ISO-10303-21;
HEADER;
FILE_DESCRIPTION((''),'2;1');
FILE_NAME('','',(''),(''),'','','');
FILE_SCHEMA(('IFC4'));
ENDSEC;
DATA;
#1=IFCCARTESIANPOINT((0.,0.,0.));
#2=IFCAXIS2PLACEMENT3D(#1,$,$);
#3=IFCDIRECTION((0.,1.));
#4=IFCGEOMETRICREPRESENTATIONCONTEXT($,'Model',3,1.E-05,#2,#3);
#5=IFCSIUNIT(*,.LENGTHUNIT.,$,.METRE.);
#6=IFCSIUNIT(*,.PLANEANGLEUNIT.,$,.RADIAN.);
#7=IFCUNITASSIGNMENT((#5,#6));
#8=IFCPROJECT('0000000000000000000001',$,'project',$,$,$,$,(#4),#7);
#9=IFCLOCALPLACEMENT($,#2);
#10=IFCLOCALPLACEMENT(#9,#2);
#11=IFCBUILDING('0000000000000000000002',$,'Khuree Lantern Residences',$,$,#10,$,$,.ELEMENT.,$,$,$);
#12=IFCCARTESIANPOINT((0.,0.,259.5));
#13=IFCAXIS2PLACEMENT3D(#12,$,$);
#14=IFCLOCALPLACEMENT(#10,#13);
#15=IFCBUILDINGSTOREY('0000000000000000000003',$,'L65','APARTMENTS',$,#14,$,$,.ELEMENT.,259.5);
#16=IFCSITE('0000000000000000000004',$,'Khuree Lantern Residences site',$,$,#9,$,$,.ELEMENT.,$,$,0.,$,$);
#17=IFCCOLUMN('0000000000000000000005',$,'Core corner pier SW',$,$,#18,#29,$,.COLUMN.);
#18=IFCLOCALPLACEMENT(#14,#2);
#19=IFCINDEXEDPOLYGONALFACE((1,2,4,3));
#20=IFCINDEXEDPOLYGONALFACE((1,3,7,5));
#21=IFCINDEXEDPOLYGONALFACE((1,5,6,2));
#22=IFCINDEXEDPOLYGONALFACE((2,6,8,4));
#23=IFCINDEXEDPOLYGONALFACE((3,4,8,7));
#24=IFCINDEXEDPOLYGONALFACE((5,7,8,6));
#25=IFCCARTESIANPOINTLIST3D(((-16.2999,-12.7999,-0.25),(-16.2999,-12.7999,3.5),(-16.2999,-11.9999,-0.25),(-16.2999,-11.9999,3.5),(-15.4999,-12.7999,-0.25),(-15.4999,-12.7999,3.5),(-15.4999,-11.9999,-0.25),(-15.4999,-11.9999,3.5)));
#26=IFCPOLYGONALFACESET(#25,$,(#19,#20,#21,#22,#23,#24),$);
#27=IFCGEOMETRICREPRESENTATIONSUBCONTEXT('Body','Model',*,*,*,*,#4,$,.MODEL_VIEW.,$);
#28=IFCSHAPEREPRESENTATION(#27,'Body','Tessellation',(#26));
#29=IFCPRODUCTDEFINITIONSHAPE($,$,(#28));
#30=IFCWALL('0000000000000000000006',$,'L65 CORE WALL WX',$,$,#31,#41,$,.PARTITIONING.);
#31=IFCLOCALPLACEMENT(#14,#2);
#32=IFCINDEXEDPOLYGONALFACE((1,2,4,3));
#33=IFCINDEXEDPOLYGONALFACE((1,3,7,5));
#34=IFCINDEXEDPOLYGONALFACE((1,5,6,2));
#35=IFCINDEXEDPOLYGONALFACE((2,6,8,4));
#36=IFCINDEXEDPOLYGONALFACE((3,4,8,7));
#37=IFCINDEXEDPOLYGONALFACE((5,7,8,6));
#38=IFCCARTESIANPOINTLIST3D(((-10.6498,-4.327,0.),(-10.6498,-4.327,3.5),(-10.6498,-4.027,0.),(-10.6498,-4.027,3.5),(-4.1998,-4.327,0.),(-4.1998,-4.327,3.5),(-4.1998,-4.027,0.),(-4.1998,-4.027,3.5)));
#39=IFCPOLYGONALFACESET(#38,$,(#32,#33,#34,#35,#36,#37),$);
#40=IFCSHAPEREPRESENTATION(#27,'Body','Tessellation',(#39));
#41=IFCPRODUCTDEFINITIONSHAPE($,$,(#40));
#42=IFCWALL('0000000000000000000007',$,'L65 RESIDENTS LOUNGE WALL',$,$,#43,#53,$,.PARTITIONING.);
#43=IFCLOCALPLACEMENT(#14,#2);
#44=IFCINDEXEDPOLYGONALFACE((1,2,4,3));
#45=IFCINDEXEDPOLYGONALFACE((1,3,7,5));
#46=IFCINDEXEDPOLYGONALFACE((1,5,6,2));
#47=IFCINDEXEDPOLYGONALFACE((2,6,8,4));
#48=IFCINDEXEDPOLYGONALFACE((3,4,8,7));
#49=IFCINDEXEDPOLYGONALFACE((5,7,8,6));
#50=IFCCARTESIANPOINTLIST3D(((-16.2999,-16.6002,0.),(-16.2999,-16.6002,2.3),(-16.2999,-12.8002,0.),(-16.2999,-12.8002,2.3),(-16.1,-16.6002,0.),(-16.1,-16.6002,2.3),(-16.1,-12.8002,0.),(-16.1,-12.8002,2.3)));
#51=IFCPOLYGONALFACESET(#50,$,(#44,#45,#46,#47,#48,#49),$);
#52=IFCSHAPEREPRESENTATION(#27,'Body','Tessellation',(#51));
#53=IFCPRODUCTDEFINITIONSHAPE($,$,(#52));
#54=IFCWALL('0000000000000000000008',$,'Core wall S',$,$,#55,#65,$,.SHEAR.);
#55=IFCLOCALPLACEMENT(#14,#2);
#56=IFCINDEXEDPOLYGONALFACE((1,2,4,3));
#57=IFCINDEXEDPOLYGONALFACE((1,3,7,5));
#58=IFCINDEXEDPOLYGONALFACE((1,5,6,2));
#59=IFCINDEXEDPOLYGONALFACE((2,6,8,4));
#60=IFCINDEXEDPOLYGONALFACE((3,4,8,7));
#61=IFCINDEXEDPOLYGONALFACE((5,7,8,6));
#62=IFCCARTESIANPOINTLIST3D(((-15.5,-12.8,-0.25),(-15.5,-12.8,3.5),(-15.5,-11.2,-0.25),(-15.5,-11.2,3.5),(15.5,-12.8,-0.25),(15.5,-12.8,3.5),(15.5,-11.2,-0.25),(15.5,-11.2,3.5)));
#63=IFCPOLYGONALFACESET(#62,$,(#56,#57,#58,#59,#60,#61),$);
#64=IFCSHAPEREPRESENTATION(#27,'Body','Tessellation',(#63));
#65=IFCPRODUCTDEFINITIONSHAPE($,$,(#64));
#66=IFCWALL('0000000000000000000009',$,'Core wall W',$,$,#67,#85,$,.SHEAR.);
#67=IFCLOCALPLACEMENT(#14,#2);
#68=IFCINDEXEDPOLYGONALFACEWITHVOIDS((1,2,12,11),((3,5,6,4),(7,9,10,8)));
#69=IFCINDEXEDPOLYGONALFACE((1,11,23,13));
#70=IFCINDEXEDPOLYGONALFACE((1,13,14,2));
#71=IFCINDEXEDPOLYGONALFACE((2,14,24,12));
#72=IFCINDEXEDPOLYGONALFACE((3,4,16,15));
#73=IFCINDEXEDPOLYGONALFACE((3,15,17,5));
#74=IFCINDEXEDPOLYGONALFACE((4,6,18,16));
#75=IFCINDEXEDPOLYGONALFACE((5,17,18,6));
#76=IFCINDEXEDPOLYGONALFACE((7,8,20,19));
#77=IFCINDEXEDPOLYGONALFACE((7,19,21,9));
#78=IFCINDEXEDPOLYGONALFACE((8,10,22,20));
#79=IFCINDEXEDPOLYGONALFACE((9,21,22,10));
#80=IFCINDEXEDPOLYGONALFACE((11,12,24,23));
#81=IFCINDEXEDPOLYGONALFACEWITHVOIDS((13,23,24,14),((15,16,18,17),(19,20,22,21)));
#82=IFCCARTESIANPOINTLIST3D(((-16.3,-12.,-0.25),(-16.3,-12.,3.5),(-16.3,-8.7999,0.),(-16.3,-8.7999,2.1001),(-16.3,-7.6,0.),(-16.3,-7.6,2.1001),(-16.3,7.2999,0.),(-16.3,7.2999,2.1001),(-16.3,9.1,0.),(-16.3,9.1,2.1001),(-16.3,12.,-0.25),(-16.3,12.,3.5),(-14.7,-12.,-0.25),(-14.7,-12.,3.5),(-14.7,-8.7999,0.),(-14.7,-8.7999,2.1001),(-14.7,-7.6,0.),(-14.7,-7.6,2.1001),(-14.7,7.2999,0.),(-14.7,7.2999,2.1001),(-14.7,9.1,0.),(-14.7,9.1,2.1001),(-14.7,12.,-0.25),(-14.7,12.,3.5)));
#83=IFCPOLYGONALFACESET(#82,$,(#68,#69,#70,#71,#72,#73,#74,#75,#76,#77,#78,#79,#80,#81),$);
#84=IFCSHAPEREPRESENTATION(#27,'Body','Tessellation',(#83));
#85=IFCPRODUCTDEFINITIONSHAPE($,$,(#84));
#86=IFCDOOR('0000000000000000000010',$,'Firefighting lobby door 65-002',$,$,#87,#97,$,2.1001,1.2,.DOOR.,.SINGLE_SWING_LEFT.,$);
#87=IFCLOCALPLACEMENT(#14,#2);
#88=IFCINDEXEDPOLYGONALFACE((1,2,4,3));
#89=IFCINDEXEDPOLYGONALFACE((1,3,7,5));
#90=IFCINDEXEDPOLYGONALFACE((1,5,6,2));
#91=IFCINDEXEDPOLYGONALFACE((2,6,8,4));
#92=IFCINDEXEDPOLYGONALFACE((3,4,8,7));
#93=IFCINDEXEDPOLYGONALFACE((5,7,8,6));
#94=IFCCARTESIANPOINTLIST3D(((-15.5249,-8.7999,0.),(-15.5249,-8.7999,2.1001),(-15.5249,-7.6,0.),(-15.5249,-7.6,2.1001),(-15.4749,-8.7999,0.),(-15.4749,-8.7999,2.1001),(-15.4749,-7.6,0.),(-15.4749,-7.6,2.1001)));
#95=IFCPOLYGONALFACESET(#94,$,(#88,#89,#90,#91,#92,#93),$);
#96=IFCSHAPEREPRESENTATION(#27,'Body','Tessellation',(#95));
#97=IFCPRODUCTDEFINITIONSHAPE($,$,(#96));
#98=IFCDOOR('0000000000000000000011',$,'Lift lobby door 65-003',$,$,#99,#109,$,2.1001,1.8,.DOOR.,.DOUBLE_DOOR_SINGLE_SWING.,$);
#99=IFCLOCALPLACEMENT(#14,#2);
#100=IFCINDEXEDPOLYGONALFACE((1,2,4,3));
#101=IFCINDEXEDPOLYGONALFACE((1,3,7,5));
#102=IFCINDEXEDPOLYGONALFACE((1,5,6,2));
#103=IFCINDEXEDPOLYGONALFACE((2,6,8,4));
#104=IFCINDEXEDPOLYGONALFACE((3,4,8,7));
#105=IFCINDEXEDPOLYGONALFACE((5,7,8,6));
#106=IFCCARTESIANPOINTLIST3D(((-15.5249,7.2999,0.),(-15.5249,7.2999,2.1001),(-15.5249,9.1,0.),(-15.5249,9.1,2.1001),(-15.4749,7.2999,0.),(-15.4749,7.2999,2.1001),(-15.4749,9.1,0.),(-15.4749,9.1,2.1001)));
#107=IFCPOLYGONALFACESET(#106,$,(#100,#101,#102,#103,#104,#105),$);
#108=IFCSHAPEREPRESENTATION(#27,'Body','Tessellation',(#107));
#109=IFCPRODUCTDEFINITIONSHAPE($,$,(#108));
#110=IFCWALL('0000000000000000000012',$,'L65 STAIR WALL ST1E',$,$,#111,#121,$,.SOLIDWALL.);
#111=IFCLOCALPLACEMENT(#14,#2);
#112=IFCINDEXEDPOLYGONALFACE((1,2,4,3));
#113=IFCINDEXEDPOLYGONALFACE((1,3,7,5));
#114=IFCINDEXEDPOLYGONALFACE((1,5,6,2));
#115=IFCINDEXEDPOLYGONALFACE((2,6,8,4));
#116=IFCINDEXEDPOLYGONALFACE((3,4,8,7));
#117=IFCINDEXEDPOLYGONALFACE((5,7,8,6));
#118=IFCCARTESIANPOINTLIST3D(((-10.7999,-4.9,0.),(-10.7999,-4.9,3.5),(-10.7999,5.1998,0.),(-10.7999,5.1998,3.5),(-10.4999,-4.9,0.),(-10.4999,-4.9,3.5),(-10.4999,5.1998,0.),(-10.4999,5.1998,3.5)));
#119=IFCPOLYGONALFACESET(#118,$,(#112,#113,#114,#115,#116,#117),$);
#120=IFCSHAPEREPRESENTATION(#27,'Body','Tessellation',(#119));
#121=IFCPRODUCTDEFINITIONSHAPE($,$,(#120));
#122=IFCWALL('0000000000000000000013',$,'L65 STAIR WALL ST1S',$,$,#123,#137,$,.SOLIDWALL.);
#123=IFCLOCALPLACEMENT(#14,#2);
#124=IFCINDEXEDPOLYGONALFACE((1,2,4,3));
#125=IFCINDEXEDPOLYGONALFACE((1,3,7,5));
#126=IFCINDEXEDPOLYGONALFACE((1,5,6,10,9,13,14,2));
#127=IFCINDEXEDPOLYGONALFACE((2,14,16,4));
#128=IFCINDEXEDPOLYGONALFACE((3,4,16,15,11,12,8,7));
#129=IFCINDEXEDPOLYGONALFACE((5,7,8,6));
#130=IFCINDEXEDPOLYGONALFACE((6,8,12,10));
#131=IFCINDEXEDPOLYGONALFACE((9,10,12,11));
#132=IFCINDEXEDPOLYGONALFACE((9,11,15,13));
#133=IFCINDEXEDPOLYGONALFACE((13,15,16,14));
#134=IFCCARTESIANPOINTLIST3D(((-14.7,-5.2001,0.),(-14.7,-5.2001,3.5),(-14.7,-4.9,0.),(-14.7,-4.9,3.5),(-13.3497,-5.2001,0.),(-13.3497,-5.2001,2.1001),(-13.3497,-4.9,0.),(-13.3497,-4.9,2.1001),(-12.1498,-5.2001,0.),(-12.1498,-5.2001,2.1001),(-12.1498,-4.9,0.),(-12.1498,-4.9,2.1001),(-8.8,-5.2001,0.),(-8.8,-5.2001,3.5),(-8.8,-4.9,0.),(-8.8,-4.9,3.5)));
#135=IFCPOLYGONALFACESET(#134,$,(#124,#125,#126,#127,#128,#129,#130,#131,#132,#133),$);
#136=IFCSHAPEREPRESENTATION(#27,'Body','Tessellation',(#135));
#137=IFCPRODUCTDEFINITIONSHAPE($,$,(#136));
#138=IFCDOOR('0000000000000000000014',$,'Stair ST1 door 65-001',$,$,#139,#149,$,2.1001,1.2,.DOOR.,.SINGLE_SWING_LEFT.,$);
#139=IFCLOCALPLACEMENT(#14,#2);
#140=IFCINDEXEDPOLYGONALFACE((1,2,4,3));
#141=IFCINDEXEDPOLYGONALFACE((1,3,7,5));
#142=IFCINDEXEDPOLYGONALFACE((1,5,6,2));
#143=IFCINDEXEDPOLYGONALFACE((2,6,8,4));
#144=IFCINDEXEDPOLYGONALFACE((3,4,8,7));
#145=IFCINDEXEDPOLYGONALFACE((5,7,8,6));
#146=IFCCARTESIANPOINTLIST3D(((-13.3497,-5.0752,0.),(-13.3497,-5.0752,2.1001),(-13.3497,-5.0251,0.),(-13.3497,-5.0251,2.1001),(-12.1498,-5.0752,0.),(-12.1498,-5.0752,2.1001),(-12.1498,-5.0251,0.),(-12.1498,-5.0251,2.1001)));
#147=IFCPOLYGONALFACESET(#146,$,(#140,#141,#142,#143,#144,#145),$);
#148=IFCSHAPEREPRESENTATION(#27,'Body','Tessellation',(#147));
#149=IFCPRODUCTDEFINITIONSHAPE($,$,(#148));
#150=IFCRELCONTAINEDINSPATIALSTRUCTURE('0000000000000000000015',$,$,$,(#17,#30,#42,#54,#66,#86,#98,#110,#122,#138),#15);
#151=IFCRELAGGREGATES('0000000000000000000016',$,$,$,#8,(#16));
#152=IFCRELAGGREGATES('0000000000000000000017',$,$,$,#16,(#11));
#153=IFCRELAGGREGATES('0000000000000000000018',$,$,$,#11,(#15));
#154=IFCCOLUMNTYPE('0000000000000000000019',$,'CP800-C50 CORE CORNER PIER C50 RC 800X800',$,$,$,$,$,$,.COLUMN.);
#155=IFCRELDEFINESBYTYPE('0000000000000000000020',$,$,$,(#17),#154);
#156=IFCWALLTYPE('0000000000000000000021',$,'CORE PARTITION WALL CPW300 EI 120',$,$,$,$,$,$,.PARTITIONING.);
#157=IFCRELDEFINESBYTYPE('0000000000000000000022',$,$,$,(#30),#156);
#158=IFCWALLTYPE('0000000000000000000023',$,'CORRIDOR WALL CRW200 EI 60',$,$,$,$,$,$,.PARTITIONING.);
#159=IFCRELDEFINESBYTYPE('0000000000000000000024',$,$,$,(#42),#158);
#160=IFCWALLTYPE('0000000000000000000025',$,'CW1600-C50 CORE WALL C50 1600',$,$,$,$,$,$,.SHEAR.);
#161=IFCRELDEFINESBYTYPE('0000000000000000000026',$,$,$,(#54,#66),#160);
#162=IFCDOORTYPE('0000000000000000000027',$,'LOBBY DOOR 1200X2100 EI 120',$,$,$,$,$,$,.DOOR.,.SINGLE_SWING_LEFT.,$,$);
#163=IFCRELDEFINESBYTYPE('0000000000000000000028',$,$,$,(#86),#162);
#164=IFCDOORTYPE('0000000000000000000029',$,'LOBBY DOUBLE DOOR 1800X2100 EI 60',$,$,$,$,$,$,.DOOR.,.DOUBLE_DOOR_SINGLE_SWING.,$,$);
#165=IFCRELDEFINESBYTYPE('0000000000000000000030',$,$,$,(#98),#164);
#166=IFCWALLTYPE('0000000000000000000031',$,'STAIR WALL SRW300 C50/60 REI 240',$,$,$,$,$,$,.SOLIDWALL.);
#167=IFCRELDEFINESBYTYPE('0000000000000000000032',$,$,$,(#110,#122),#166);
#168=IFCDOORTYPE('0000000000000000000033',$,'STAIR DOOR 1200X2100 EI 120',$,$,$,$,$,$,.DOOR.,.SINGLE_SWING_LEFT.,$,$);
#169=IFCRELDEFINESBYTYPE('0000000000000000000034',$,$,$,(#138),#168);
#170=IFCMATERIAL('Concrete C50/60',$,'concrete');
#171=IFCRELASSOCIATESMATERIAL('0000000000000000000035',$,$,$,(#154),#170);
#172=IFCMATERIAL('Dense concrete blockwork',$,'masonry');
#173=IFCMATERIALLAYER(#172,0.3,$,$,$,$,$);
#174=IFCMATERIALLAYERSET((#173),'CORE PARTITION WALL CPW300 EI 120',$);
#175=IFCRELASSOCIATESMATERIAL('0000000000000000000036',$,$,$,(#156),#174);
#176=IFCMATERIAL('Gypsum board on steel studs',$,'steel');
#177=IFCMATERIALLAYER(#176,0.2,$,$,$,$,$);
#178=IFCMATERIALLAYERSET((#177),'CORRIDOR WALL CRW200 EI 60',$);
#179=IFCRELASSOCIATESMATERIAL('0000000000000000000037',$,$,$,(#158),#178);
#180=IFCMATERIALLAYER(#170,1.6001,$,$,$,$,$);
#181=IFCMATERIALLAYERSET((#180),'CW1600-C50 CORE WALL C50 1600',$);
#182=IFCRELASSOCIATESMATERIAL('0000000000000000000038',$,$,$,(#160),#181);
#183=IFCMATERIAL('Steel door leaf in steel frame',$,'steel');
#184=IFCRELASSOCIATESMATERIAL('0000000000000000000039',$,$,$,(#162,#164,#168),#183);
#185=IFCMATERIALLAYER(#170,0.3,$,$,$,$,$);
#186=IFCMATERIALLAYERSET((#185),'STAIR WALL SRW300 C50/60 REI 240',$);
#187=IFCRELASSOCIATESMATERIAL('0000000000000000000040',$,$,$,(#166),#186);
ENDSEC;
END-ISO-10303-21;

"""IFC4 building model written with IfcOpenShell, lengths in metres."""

from ifc_helpers import new_model, si_unit, direction, frame, frame_2d, origin, origin_2d, place, context, subcontext, project, spatial, rectangle, extrude, material, layer, layer_set, material_profile, profile_set, type_object, element, fill, save


model = new_model("IFC4")

# Units and contexts
model_context = context("Model", 3, precision=1e-05, world=origin(), true_north=direction((0.0, 1.0)))
body_context = subcontext(model_context, "Body", "Model", "MODEL_VIEW")
ifc_project = project(units=[si_unit("LENGTHUNIT", "METRE"), si_unit("PLANEANGLEUNIT", "RADIAN")], contexts=[model_context])

# Site, building, storey
site_placement = place(None, origin())
site = spatial("IfcSite", under=ifc_project, at=site_placement, Name="Khuree Lantern Residences site", CompositionType="ELEMENT", RefElevation=0.0)
building_placement = place(site_placement, origin())
building = spatial("IfcBuilding", under=site, at=building_placement, Name="Khuree Lantern Residences", CompositionType="ELEMENT")
storey_placement = place(building_placement, frame((0.0, 0.0, 259.5)))
storey = spatial("IfcBuildingStorey", under=building, at=storey_placement, Name="L65", Description="APARTMENTS", CompositionType="ELEMENT", Elevation=259.5)

# Column
ifc_material_1 = material(Name="Concrete C50/60", Category="concrete")
ifc_material_profile = material_profile(ifc_material_1, rectangle(XDim=0.8, YDim=0.8, at=origin_2d()), Name="RC 800X800")
ifc_profile_set = profile_set([ifc_material_profile], Name="Concrete C50/60")
column_type = type_object("IfcColumnType", Name="CP800-C50 CORE CORNER PIER C50 RC 800X800", PredefinedType="COLUMN", material=ifc_profile_set)
column_placement = place(storey_placement, frame((-15.8999, -12.3999, -0.25), z_axis=(0.0, 0.0, 1.0), x_axis=(1.0, 0.0, 0.0)))
element("IfcColumn", 1, at=column_placement, inside=storey, type_object=column_type, Name="Core corner pier SW", PredefinedType="COLUMN", context=body_context, shape_type="SweptSolid", body=[
    extrude(rectangle(XDim=0.8, YDim=0.8, at=origin_2d()), origin(), (0.0, 0.0, 1.0), 3.75),
])

# Walls
ifc_material_2 = material(Name="Dense concrete blockwork", Category="masonry")
ifc_layer_1 = layer(ifc_material_2, 0.3)
ifc_layer_set_1 = layer_set([ifc_layer_1], Name="CORE PARTITION WALL CPW300 EI 120")
wall_type_1 = type_object("IfcWallType", Name="CORE PARTITION WALL CPW300 EI 120", PredefinedType="PARTITIONING", material=ifc_layer_set_1)
wall_1_placement = place(storey_placement, frame((-10.6499, -4.177, 0.0), z_axis=(0.0, 0.0, 1.0), x_axis=(1.0, 0.0, 0.0)))
element("IfcWall", 2, at=wall_1_placement, inside=storey, type_object=wall_type_1, Name="L65 CORE WALL WX", PredefinedType="PARTITIONING", context=body_context, shape_type="SweptSolid", body=[
    extrude(rectangle(XDim=6.45, YDim=0.3, at=frame_2d((3.2251, 0.0))), origin(), (0.0, 0.0, 1.0), 3.5),
])
ifc_material_3 = material(Name="Gypsum board on steel studs", Category="steel")
ifc_layer_2 = layer(ifc_material_3, 0.2)
ifc_layer_set_2 = layer_set([ifc_layer_2], Name="CORRIDOR WALL CRW200 EI 60")
wall_type_2 = type_object("IfcWallType", Name="CORRIDOR WALL CRW200 EI 60", PredefinedType="PARTITIONING", material=ifc_layer_set_2)
wall_2_placement = place(storey_placement, frame((-16.2, -16.6001, 0.0), z_axis=(0.0, 0.0, 1.0), x_axis=(0.0, 1.0, 0.0)))
element("IfcWall", 3, at=wall_2_placement, inside=storey, type_object=wall_type_2, Name="L65 RESIDENTS LOUNGE WALL", PredefinedType="PARTITIONING", context=body_context, shape_type="SweptSolid", body=[
    extrude(rectangle(XDim=3.8, YDim=0.2, at=frame_2d((1.8999, 0.0))), origin(), (0.0, 0.0, 1.0), 2.3),
])
ifc_layer_3 = layer(ifc_material_1, 1.6001)
ifc_layer_set_3 = layer_set([ifc_layer_3], Name="CW1600-C50 CORE WALL C50 1600")
wall_type_3 = type_object("IfcWallType", Name="CW1600-C50 CORE WALL C50 1600", PredefinedType="SHEAR", material=ifc_layer_set_3)
wall_3_placement = place(storey_placement, frame((-15.5, -12.0, -0.25), z_axis=(0.0, 0.0, 1.0), x_axis=(1.0, 0.0, 0.0)))
element("IfcWall", 4, at=wall_3_placement, inside=storey, type_object=wall_type_3, Name="Core wall S", PredefinedType="SHEAR", context=body_context, shape_type="SweptSolid", body=[
    extrude(rectangle(XDim=31.0, YDim=1.6001, at=frame_2d((15.5, 0.0))), origin(), (0.0, 0.0, 1.0), 3.75),
])

# Wall, openings, doors
wall_4_placement = place(storey_placement, frame((-15.5, -12.0, -0.25), z_axis=(0.0, 0.0, 1.0), x_axis=(0.0, 1.0, 0.0)))
wall_4 = element("IfcWall", 5, at=wall_4_placement, inside=storey, type_object=wall_type_3, Name="Core wall W", PredefinedType="SHEAR", context=body_context, shape_type="SweptSolid", body=[
    extrude(rectangle(XDim=24.0, YDim=1.6001, at=frame_2d((12.0, 0.0))), origin(), (0.0, 0.0, 1.0), 3.75),
])
opening_1_placement = place(wall_4_placement, frame((3.2, 0.0, 0.25)))
opening_1 = element("IfcOpeningElement", 6, at=opening_1_placement, cuts=wall_4, PredefinedType="OPENING", context=body_context, shape_type="SweptSolid", body=[
    extrude(rectangle(XDim=1.2, YDim=2.1001, at=frame_2d((0.6001, 1.05))), frame((0.0, 0.8101, 0.0), z_axis=(0.0, -1.0, 0.0), x_axis=(1.0, 0.0, 0.0)), (0.0, 0.0, 1.0), 1.6201),
])
opening_2_placement = place(wall_4_placement, frame((19.3, 0.0, 0.25)))
opening_2 = element("IfcOpeningElement", 7, at=opening_2_placement, cuts=wall_4, PredefinedType="OPENING", context=body_context, shape_type="SweptSolid", body=[
    extrude(rectangle(XDim=1.8, YDim=2.1001, at=frame_2d((0.8999, 1.05))), frame((0.0, 0.8101, 0.0), z_axis=(0.0, -1.0, 0.0), x_axis=(1.0, 0.0, 0.0)), (0.0, 0.0, 1.0), 1.6201),
])
ifc_material_4 = material(Name="Steel door leaf in steel frame", Category="steel")
door_type_1 = type_object("IfcDoorType", Name="LOBBY DOOR 1200X2100 EI 120", OperationType="SINGLE_SWING_LEFT", PredefinedType="DOOR", material=ifc_material_4)
door_1_placement = place(opening_1_placement, origin())
door_1 = element("IfcDoor", 8, at=door_1_placement, inside=storey, type_object=door_type_1, Name="Firefighting lobby door 65-002", OperationType="SINGLE_SWING_LEFT", OverallHeight=2.1001, OverallWidth=1.2, PredefinedType="DOOR", context=body_context, shape_type="SweptSolid", body=[
    extrude(rectangle(XDim=1.2, YDim=2.1001, at=frame_2d((0.6001, 1.05))), frame((0.0, 0.0249, 0.0), z_axis=(0.0, -1.0, 0.0), x_axis=(1.0, 0.0, 0.0)), (0.0, 0.0, 1.0), 0.05),
])
fill(opening_1, door_1)
door_type_2 = type_object("IfcDoorType", Name="LOBBY DOUBLE DOOR 1800X2100 EI 60", OperationType="DOUBLE_DOOR_SINGLE_SWING", PredefinedType="DOOR", material=ifc_material_4)
door_2_placement = place(opening_2_placement, origin())
door_2 = element("IfcDoor", 9, at=door_2_placement, inside=storey, type_object=door_type_2, Name="Lift lobby door 65-003", OperationType="DOUBLE_DOOR_SINGLE_SWING", OverallHeight=2.1001, OverallWidth=1.8, PredefinedType="DOOR", context=body_context, shape_type="SweptSolid", body=[
    extrude(rectangle(XDim=1.8, YDim=2.1001, at=frame_2d((0.8999, 1.05))), frame((0.0, 0.0249, 0.0), z_axis=(0.0, -1.0, 0.0), x_axis=(1.0, 0.0, 0.0)), (0.0, 0.0, 1.0), 0.05),
])
fill(opening_2, door_2)

# Wall
ifc_layer_4 = layer(ifc_material_1, 0.3)
ifc_layer_set_4 = layer_set([ifc_layer_4], Name="STAIR WALL SRW300 C50/60 REI 240")
wall_type_4 = type_object("IfcWallType", Name="STAIR WALL SRW300 C50/60 REI 240", PredefinedType="SOLIDWALL", material=ifc_layer_set_4)
wall_5_placement = place(storey_placement, frame((-10.6499, -4.8999, 0.0), z_axis=(0.0, 0.0, 1.0), x_axis=(0.0, 1.0, 0.0)))
element("IfcWall", 10, at=wall_5_placement, inside=storey, type_object=wall_type_4, Name="L65 STAIR WALL ST1E", PredefinedType="SOLIDWALL", context=body_context, shape_type="SweptSolid", body=[
    extrude(rectangle(XDim=10.0999, YDim=0.3, at=frame_2d((5.0498, 0.0))), origin(), (0.0, 0.0, 1.0), 3.5),
])

# Wall, opening, door
wall_6_placement = place(storey_placement, frame((-14.7, -5.05, 0.0), z_axis=(0.0, 0.0, 1.0), x_axis=(1.0, 0.0, 0.0)))
wall_6 = element("IfcWall", 11, at=wall_6_placement, inside=storey, type_object=wall_type_4, Name="L65 STAIR WALL ST1S", PredefinedType="SOLIDWALL", context=body_context, shape_type="SweptSolid", body=[
    extrude(rectangle(XDim=5.8999, YDim=0.3, at=frame_2d((2.95, 0.0))), origin(), (0.0, 0.0, 1.0), 3.5),
])
opening_3_placement = place(wall_6_placement, frame((1.3501, 0.0, 0.0)))
opening_3 = element("IfcOpeningElement", 12, at=opening_3_placement, cuts=wall_6, PredefinedType="OPENING", context=body_context, shape_type="SweptSolid", body=[
    extrude(rectangle(XDim=1.2, YDim=2.1001, at=frame_2d((0.6001, 1.05))), frame((0.0, 0.1602, 0.0), z_axis=(0.0, -1.0, 0.0), x_axis=(1.0, 0.0, 0.0)), (0.0, 0.0, 1.0), 0.3201),
])
door_type_3 = type_object("IfcDoorType", Name="STAIR DOOR 1200X2100 EI 120", OperationType="SINGLE_SWING_LEFT", PredefinedType="DOOR", material=ifc_material_4)
door_3_placement = place(opening_3_placement, origin())
door_3 = element("IfcDoor", 13, at=door_3_placement, inside=storey, type_object=door_type_3, Name="Stair ST1 door 65-001", OperationType="SINGLE_SWING_LEFT", OverallHeight=2.1001, OverallWidth=1.2, PredefinedType="DOOR", context=body_context, shape_type="SweptSolid", body=[
    extrude(rectangle(XDim=1.2, YDim=2.1001, at=frame_2d((0.6001, 1.05))), frame((0.0, 0.0249, 0.0), z_axis=(0.0, -1.0, 0.0), x_axis=(1.0, 0.0, 0.0)), (0.0, 0.0, 1.0), 0.05),
])
fill(opening_3, door_3)

save(model, "model.ifc")
